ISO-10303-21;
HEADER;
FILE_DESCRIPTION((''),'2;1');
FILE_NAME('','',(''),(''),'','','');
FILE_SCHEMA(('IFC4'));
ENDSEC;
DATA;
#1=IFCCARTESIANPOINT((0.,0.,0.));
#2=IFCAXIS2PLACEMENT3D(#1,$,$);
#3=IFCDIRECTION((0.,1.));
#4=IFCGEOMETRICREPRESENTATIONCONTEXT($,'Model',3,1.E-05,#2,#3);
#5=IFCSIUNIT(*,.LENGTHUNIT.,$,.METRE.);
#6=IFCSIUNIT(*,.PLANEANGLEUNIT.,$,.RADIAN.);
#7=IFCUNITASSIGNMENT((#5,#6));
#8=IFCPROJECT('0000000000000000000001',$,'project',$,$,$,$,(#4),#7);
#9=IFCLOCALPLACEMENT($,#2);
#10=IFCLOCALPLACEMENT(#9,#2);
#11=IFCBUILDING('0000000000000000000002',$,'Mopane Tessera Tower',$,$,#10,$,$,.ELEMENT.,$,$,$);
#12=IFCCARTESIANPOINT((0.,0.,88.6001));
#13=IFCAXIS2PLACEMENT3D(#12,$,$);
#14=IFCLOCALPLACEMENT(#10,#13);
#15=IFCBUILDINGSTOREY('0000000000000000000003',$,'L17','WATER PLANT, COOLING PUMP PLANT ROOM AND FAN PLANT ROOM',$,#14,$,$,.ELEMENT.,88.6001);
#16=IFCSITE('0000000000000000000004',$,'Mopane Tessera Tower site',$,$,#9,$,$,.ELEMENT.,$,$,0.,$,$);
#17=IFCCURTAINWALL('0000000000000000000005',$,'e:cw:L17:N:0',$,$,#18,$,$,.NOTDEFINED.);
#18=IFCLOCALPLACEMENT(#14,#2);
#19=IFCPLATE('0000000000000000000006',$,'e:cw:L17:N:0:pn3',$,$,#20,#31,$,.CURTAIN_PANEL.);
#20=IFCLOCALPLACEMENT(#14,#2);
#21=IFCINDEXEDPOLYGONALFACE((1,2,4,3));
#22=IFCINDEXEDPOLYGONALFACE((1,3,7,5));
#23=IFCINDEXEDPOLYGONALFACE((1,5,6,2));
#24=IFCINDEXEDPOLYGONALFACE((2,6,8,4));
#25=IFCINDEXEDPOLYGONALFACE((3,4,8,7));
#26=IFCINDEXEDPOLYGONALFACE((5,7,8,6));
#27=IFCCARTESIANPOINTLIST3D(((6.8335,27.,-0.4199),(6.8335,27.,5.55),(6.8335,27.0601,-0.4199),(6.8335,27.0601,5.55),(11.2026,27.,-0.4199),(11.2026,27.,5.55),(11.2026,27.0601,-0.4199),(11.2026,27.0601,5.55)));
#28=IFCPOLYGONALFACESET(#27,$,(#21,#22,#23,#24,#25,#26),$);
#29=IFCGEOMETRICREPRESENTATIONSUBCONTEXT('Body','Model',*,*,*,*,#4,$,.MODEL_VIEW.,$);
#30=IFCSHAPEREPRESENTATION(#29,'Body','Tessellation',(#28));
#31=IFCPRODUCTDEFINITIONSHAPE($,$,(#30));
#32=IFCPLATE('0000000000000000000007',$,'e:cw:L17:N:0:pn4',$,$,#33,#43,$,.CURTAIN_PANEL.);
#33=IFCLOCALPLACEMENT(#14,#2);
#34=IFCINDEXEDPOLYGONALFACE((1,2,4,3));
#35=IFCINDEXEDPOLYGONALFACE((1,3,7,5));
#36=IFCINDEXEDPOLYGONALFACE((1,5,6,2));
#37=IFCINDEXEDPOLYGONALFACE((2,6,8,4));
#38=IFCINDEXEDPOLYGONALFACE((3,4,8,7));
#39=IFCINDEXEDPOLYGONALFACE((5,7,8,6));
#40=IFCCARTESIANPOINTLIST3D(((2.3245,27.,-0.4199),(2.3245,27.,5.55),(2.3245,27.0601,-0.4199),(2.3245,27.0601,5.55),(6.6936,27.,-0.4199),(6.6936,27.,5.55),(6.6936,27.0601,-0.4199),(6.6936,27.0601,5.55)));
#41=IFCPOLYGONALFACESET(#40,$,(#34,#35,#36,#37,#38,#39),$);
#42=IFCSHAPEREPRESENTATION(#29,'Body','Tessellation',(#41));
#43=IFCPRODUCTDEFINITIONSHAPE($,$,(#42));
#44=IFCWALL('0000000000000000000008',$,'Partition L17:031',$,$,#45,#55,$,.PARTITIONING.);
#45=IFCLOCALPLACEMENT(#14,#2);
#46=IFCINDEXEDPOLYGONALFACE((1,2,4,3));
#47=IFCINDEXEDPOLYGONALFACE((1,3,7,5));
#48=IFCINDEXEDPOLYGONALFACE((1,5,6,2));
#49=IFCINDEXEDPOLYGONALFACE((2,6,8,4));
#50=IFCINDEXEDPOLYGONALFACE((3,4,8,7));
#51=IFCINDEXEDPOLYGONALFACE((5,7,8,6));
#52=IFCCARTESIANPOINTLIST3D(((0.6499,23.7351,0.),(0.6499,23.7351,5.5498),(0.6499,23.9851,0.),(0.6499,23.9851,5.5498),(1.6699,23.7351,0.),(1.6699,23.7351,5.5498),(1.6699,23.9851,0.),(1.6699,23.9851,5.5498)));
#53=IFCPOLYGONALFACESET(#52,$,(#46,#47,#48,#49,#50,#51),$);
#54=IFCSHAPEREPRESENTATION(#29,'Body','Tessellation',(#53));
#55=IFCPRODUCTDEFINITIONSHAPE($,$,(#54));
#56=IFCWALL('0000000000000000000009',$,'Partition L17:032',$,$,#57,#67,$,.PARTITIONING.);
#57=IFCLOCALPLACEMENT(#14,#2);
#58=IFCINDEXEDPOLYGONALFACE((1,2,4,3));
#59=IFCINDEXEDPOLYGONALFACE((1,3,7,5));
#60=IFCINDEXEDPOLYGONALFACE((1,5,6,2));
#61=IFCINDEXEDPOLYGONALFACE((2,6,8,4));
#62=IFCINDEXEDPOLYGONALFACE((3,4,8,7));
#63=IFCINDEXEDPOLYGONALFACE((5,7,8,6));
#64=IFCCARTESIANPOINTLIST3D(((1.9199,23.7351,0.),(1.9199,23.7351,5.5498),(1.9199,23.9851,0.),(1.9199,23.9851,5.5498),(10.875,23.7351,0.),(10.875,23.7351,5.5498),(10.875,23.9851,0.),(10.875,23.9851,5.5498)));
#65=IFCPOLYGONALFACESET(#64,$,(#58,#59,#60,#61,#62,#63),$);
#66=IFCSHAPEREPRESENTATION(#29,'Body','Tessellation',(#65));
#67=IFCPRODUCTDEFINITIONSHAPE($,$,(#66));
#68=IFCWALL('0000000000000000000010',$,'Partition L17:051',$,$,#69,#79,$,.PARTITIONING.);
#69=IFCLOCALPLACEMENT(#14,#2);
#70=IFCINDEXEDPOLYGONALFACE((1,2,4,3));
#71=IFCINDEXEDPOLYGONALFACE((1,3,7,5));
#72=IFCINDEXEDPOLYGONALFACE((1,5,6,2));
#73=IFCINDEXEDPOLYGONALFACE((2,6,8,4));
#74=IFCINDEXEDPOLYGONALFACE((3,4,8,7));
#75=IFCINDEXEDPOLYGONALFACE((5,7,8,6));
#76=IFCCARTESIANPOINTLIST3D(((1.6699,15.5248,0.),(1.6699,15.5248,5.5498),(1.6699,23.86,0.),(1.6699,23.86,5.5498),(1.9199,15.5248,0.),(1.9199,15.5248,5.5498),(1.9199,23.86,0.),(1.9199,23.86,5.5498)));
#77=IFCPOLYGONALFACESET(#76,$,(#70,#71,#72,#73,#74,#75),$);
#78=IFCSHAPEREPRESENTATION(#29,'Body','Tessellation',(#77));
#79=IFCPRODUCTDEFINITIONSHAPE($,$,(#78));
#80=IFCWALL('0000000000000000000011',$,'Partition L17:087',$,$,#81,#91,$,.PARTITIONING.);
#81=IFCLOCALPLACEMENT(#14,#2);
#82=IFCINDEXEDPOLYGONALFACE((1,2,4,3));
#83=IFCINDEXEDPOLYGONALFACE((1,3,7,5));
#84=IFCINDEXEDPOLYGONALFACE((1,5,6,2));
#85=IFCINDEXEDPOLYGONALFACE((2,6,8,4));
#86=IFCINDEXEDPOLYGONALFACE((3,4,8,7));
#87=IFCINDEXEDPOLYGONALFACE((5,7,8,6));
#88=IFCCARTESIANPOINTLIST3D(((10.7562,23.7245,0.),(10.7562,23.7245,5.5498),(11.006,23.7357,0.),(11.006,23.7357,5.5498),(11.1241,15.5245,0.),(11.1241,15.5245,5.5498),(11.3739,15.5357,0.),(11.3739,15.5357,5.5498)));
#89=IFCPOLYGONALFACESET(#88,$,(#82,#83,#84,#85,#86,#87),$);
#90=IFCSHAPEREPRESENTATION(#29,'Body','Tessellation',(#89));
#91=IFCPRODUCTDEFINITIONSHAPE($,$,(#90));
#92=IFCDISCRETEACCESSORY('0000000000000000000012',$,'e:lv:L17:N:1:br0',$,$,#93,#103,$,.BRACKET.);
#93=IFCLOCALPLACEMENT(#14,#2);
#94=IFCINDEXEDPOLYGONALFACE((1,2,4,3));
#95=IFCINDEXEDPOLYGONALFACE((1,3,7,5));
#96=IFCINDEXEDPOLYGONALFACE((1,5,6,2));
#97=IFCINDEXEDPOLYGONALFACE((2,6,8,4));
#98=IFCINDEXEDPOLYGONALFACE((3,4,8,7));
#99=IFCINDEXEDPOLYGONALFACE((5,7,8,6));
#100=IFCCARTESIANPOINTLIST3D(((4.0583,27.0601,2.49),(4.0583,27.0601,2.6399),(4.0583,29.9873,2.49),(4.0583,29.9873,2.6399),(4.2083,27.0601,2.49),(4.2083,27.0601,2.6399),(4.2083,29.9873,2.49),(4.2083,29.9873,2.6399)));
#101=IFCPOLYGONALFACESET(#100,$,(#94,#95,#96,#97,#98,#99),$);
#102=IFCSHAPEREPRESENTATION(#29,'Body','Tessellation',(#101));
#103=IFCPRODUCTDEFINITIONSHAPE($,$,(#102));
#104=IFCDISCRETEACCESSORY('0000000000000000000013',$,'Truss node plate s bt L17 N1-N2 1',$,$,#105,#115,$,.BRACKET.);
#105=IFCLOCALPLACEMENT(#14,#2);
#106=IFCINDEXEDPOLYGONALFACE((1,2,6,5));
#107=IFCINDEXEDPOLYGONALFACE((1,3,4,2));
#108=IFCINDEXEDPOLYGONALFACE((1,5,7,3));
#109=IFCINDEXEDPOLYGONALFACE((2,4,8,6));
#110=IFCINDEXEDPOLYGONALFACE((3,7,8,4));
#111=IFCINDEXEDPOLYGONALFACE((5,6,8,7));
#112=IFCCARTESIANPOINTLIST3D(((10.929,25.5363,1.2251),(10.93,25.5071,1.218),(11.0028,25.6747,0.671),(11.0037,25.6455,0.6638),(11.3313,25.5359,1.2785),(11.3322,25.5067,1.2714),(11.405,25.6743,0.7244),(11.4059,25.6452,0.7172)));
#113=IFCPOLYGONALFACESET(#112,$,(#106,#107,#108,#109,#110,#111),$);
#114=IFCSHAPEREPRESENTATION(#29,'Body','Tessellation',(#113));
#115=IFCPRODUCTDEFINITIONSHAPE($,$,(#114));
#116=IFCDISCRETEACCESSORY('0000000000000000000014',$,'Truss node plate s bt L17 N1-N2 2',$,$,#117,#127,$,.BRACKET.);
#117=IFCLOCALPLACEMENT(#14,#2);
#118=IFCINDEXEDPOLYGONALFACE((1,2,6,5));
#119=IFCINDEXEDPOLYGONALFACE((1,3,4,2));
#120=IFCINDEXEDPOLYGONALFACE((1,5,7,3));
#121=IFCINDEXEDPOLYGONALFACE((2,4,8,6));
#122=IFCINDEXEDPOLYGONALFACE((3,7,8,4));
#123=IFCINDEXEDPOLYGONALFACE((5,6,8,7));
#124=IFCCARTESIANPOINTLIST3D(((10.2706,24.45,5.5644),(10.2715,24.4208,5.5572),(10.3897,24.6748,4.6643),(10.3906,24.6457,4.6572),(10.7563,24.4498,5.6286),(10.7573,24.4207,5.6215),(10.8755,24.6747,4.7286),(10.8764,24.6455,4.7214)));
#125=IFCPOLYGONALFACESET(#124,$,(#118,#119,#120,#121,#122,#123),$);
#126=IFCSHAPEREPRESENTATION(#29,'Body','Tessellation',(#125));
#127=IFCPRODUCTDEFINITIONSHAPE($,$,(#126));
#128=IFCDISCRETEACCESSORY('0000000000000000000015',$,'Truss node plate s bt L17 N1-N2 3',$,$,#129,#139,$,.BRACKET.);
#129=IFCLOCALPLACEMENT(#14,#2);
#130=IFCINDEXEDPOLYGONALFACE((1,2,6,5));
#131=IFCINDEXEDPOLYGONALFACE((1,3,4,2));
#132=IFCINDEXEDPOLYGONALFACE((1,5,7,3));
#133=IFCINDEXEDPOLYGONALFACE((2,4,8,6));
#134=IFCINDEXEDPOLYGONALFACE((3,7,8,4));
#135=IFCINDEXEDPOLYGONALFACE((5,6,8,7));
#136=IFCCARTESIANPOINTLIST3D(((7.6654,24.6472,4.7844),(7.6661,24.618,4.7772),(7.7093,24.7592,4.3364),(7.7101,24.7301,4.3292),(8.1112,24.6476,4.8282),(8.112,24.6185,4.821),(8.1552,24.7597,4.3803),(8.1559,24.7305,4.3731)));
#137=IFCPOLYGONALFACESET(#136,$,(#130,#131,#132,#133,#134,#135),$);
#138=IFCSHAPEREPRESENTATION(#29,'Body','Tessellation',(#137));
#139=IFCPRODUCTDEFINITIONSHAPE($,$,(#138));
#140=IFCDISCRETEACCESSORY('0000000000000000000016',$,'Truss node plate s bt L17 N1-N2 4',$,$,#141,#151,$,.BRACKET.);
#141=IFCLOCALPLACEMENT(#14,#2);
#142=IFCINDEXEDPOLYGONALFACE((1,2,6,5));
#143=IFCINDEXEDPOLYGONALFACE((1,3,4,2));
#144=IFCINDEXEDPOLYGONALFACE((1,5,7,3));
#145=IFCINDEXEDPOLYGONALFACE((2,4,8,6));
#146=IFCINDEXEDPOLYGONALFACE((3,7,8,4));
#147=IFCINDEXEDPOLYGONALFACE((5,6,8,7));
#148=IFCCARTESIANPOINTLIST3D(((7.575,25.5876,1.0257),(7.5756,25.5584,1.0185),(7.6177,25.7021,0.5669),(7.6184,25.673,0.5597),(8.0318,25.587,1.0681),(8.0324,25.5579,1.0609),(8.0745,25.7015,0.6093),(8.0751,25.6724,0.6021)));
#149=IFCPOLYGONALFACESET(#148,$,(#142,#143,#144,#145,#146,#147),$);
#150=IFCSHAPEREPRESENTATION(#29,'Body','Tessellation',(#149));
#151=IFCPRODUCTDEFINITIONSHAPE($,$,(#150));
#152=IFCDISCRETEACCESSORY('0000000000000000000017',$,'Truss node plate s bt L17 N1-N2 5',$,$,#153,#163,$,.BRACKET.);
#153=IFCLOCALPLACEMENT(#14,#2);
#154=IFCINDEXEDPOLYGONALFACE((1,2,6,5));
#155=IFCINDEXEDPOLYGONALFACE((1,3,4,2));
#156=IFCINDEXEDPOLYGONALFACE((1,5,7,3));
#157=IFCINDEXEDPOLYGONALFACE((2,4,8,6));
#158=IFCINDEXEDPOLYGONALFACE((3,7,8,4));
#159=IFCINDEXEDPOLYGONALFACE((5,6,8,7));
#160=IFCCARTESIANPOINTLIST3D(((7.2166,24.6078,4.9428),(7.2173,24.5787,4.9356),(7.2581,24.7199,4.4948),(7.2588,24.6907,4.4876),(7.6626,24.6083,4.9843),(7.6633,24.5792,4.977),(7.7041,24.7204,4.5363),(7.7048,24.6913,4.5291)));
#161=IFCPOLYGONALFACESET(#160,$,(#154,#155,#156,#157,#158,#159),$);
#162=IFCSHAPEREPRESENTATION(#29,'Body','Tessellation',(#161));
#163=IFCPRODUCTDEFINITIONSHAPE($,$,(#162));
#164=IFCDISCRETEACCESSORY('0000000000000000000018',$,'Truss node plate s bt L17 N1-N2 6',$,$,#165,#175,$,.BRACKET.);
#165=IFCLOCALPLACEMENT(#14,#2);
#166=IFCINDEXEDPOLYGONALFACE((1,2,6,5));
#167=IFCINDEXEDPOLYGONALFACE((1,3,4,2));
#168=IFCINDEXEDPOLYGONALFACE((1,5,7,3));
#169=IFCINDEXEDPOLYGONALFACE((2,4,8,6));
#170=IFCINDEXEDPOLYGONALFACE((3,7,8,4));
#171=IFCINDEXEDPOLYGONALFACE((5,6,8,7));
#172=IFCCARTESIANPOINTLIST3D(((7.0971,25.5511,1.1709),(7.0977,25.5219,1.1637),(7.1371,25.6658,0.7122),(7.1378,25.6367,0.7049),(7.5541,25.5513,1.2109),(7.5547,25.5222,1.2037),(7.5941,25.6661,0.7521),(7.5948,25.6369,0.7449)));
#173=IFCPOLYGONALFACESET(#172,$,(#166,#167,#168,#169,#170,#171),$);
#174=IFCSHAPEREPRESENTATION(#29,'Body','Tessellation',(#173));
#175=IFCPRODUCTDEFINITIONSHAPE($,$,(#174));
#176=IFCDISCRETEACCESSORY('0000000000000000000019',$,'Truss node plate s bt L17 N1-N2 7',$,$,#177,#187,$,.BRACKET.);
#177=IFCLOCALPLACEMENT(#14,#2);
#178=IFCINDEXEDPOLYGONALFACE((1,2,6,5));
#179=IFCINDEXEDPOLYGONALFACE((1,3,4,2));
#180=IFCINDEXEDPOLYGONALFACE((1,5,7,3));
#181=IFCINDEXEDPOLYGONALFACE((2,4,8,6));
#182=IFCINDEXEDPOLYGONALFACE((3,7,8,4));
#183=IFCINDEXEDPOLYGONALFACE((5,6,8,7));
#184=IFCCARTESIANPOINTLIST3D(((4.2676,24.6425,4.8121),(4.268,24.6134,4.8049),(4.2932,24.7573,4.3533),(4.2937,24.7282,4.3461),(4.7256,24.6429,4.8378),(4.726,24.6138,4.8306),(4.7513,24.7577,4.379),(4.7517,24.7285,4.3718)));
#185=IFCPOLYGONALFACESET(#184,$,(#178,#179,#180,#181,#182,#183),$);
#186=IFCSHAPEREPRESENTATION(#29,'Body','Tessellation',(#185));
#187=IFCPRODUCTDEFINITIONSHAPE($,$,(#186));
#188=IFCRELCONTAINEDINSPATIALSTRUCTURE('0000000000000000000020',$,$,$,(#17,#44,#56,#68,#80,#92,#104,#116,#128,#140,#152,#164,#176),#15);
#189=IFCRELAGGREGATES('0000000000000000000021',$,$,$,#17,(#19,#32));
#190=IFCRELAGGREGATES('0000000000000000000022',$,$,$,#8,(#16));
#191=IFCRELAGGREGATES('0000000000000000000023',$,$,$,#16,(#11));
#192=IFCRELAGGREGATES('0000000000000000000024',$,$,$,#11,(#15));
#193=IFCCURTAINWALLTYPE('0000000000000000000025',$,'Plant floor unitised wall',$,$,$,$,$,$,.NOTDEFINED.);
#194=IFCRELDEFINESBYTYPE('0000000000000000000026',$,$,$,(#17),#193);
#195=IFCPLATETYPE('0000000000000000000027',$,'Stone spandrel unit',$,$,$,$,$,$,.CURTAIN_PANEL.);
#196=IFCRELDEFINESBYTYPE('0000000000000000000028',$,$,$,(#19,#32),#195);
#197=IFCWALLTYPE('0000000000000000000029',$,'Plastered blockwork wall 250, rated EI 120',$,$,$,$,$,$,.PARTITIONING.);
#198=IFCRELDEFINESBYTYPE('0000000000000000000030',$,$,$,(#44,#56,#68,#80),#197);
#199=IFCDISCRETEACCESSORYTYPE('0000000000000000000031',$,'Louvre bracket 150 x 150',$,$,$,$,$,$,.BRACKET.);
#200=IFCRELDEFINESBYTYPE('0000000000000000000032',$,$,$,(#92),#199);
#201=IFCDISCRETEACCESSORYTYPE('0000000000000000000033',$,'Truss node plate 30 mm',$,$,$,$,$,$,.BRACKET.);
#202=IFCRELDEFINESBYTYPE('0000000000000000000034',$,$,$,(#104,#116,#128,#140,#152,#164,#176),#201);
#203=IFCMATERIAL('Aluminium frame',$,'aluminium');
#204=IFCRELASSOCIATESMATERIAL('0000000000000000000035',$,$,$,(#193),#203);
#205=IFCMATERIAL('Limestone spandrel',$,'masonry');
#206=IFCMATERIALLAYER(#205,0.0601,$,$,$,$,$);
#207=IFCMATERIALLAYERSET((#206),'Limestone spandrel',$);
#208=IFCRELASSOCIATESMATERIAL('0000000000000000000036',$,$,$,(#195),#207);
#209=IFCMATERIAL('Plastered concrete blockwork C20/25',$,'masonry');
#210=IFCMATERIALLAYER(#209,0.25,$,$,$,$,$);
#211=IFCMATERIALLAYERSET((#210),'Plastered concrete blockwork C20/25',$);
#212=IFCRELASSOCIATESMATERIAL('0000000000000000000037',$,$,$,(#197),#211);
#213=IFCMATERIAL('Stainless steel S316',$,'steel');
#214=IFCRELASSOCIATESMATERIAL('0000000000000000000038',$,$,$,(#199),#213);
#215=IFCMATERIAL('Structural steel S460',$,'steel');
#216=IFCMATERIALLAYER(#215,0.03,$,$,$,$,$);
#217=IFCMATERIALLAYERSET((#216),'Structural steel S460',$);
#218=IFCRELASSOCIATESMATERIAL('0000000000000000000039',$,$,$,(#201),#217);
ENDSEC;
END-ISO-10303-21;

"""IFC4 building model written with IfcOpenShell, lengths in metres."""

from ifc_helpers import new_model, si_unit, direction, frame, frame_2d, origin, origin_2d, place, context, subcontext, project, spatial, rectangle, extrude, material, layer, layer_set, type_object, element, aggregate, save


model = new_model("IFC4")

# Units and contexts
model_context = context("Model", 3, precision=1e-05, world=origin(), true_north=direction((0.0, 1.0)))
body_context = subcontext(model_context, "Body", "Model", "MODEL_VIEW")
ifc_project = project(units=[si_unit("LENGTHUNIT", "METRE"), si_unit("PLANEANGLEUNIT", "RADIAN")], contexts=[model_context])

# Site, building, storey
site_placement = place(None, origin())
site = spatial("IfcSite", under=ifc_project, at=site_placement, Name="Mopane Tessera Tower site", CompositionType="ELEMENT", RefElevation=0.0)
building_placement = place(site_placement, origin())
building = spatial("IfcBuilding", under=site, at=building_placement, Name="Mopane Tessera Tower", CompositionType="ELEMENT")
storey_placement = place(building_placement, frame((0.0, 0.0, 88.6001)))
storey = spatial("IfcBuildingStorey", under=building, at=storey_placement, Name="L17", Description="WATER PLANT, COOLING PUMP PLANT ROOM AND FAN PLANT ROOM", CompositionType="ELEMENT", Elevation=88.6001)

# Curtain wall
ifc_material_1 = material(Name="Aluminium frame", Category="aluminium")
curtain_wall_type = type_object("IfcCurtainWallType", Name="Plant floor unitised wall", PredefinedType="NOTDEFINED", material=ifc_material_1)
curtain_wall_placement = place(storey_placement, origin())
curtain_wall = element("IfcCurtainWall", 1, at=curtain_wall_placement, inside=storey, type_object=curtain_wall_type, Name="e:cw:L17:N:0", PredefinedType="NOTDEFINED")

# Plates
ifc_material_2 = material(Name="Limestone spandrel", Category="masonry")
ifc_layer_1 = layer(ifc_material_2, 0.0601)
ifc_layer_set_1 = layer_set([ifc_layer_1], Name="Limestone spandrel")
plate_type = type_object("IfcPlateType", Name="Stone spandrel unit", PredefinedType="CURTAIN_PANEL", material=ifc_layer_set_1)
plate_1_placement = place(storey_placement, frame((9.0181, 27.03, -0.4199), z_axis=(0.0, 0.0, 1.0), x_axis=(-1.0, 0.0, 0.0)))
plate_1 = element("IfcPlate", 2, at=plate_1_placement, type_object=plate_type, Name="e:cw:L17:N:0:pn3", PredefinedType="CURTAIN_PANEL", context=body_context, shape_type="SweptSolid", body=[
    extrude(rectangle(XDim=4.3691, YDim=0.0601, at=origin_2d()), origin(), (0.0, 0.0, 1.0), 5.97),
])
plate_2_placement = place(storey_placement, frame((4.509, 27.03, -0.4199), z_axis=(0.0, 0.0, 1.0), x_axis=(-1.0, 0.0, 0.0)))
plate_2 = element("IfcPlate", 3, at=plate_2_placement, type_object=plate_type, Name="e:cw:L17:N:0:pn4", PredefinedType="CURTAIN_PANEL", context=body_context, shape_type="SweptSolid", body=[
    extrude(rectangle(XDim=4.3691, YDim=0.0601, at=origin_2d()), origin(), (0.0, 0.0, 1.0), 5.97),
])
aggregate(curtain_wall, [plate_1, plate_2])

# Walls
ifc_material_3 = material(Name="Plastered concrete blockwork C20/25", Category="masonry")
ifc_layer_2 = layer(ifc_material_3, 0.25)
ifc_layer_set_2 = layer_set([ifc_layer_2], Name="Plastered concrete blockwork C20/25")
wall_type = type_object("IfcWallType", Name="Plastered blockwork wall 250, rated EI 120", PredefinedType="PARTITIONING", material=ifc_layer_set_2)
wall_1_placement = place(storey_placement, frame((0.6499, 23.8601, 0.0), z_axis=(0.0, 0.0, 1.0), x_axis=(1.0, 0.0, 0.0)))
element("IfcWall", 4, at=wall_1_placement, inside=storey, type_object=wall_type, Name="Partition L17:031", PredefinedType="PARTITIONING", context=body_context, shape_type="SweptSolid", body=[
    extrude(rectangle(XDim=1.02, YDim=0.25, at=frame_2d((0.51, 0.0))), origin(), (0.0, 0.0, 1.0), 5.5498),
])
wall_2_placement = place(storey_placement, frame((1.9199, 23.8601, 0.0), z_axis=(0.0, 0.0, 1.0), x_axis=(1.0, 0.0, 0.0)))
element("IfcWall", 5, at=wall_2_placement, inside=storey, type_object=wall_type, Name="Partition L17:032", PredefinedType="PARTITIONING", context=body_context, shape_type="SweptSolid", body=[
    extrude(rectangle(XDim=8.9551, YDim=0.25, at=frame_2d((4.4775, 0.0))), origin(), (0.0, 0.0, 1.0), 5.5498),
])
wall_3_placement = place(storey_placement, frame((1.7949, 15.5249, 0.0), z_axis=(0.0, 0.0, 1.0), x_axis=(0.0, 1.0, 0.0)))
element("IfcWall", 6, at=wall_3_placement, inside=storey, type_object=wall_type, Name="Partition L17:051", PredefinedType="PARTITIONING", context=body_context, shape_type="SweptSolid", body=[
    extrude(rectangle(XDim=8.3352, YDim=0.25, at=frame_2d((4.1675, 0.0))), origin(), (0.0, 0.0, 1.0), 5.5498),
])
wall_4_placement = place(storey_placement, frame((10.8811, 23.73, 0.0), z_axis=(0.0, 0.0, 1.0), x_axis=(0.044823, -0.998995, 0.0)))
element("IfcWall", 7, at=wall_4_placement, inside=storey, type_object=wall_type, Name="Partition L17:087", PredefinedType="PARTITIONING", context=body_context, shape_type="SweptSolid", body=[
    extrude(rectangle(XDim=8.2083, YDim=0.25, at=frame_2d((4.104, 0.0))), origin(), (0.0, 0.0, 1.0), 5.5498),
])

# Discrete accessories
ifc_material_4 = material(Name="Stainless steel S316", Category="steel")
discrete_accessory_type_1 = type_object("IfcDiscreteAccessoryType", Name="Louvre bracket 150 x 150", PredefinedType="BRACKET", material=ifc_material_4)
discrete_accessory_1_placement = place(storey_placement, frame((4.1333, 28.5237, 2.49), z_axis=(0.0, 0.0, 1.0), x_axis=(0.0, 1.0, 0.0)))
element("IfcDiscreteAccessory", 8, at=discrete_accessory_1_placement, inside=storey, type_object=discrete_accessory_type_1, Name="e:lv:L17:N:1:br0", PredefinedType="BRACKET", context=body_context, shape_type="SweptSolid", body=[
    extrude(rectangle(XDim=2.9272, YDim=0.1499, at=origin_2d()), origin(), (0.0, 0.0, 1.0), 0.1499),
])
ifc_material_5 = material(Name="Structural steel S460", Category="steel")
ifc_layer_3 = layer(ifc_material_5, 0.03)
ifc_layer_set_3 = layer_set([ifc_layer_3], Name="Structural steel S460")
discrete_accessory_type_2 = type_object("IfcDiscreteAccessoryType", Name="Truss node plate 30 mm", PredefinedType="BRACKET", material=ifc_layer_set_3)
discrete_accessory_2_placement = place(storey_placement, frame((11.2043, 25.6599, 0.6941), z_axis=(-0.128012, -0.240341, 0.962211), x_axis=(0.030761, -0.970688, -0.238366)))
element("IfcDiscreteAccessory", 9, at=discrete_accessory_2_placement, inside=storey, type_object=discrete_accessory_type_2, Name="Truss node plate s bt L17 N1-N2 1", PredefinedType="BRACKET", context=body_context, shape_type="SweptSolid", body=[
    extrude(rectangle(XDim=0.03, YDim=0.4058, at=origin_2d()), origin(), (0.0, 0.0, 1.0), 0.5759),
])
discrete_accessory_3_placement = place(storey_placement, frame((10.6331, 24.6602, 4.6929), z_axis=(-0.127365, -0.240376, 0.962288), x_axis=(0.031229, -0.97068, -0.238339)))
element("IfcDiscreteAccessory", 10, at=discrete_accessory_3_placement, inside=storey, type_object=discrete_accessory_type_2, Name="Truss node plate s bt L17 N1-N2 2", PredefinedType="BRACKET", context=body_context, shape_type="SweptSolid", body=[
    extrude(rectangle(XDim=0.03, YDim=0.49, at=origin_2d()), origin(), (0.0, 0.0, 1.0), 0.9353),
])
discrete_accessory_4_placement = place(storey_placement, frame((7.9326, 24.7449, 4.3547), z_axis=(-0.094733, -0.241569, 0.965749), x_axis=(0.024613, -0.970383, -0.240314)))
element("IfcDiscreteAccessory", 11, at=discrete_accessory_4_placement, inside=storey, type_object=discrete_accessory_type_2, Name="Truss node plate s bt L17 N1-N2 3", PredefinedType="BRACKET", context=body_context, shape_type="SweptSolid", body=[
    extrude(rectangle(XDim=0.03, YDim=0.448, at=origin_2d()), origin(), (0.0, 0.0, 1.0), 0.4639),
])
discrete_accessory_5_placement = place(storey_placement, frame((7.8464, 25.6873, 0.5845), z_axis=(-0.089996, -0.241188, 0.966296), x_axis=(0.021085, -0.970478, -0.240268)))
element("IfcDiscreteAccessory", 12, at=discrete_accessory_5_placement, inside=storey, type_object=discrete_accessory_type_2, Name="Truss node plate s bt L17 N1-N2 4", PredefinedType="BRACKET", context=body_context, shape_type="SweptSolid", body=[
    extrude(rectangle(XDim=0.03, YDim=0.4587, at=origin_2d()), origin(), (0.0, 0.0, 1.0), 0.4749),
])
discrete_accessory_6_placement = place(storey_placement, frame((7.4814, 24.7056, 4.512), z_axis=(-0.089513, -0.241686, 0.966217), x_axis=(0.023468, -0.970354, -0.240547)))
element("IfcDiscreteAccessory", 13, at=discrete_accessory_6_placement, inside=storey, type_object=discrete_accessory_type_2, Name="Truss node plate s bt L17 N1-N2 5", PredefinedType="BRACKET", context=body_context, shape_type="SweptSolid", body=[
    extrude(rectangle(XDim=0.03, YDim=0.448, at=origin_2d()), origin(), (0.0, 0.0, 1.0), 0.4636),
])
discrete_accessory_7_placement = place(storey_placement, frame((7.366, 25.6514, 0.7285), z_axis=(-0.08437, -0.241792, 0.966653), x_axis=(0.021547, -0.970328, -0.24083)))
element("IfcDiscreteAccessory", 14, at=discrete_accessory_7_placement, inside=storey, type_object=discrete_accessory_type_2, Name="Truss node plate s bt L17 N1-N2 6", PredefinedType="BRACKET", context=body_context, shape_type="SweptSolid", body=[
    extrude(rectangle(XDim=0.03, YDim=0.4587, at=origin_2d()), origin(), (0.0, 0.0, 1.0), 0.4746),
])
discrete_accessory_8_placement = place(storey_placement, frame((4.5225, 24.7429, 4.3625), z_axis=(-0.054131, -0.242301, 0.96869), x_axis=(0.014352, -0.970201, -0.241877)))
element("IfcDiscreteAccessory", 15, at=discrete_accessory_8_placement, inside=storey, type_object=discrete_accessory_type_2, Name="Truss node plate s bt L17 N1-N2 7", PredefinedType="BRACKET", context=body_context, shape_type="SweptSolid", body=[
    extrude(rectangle(XDim=0.03, YDim=0.4587, at=origin_2d()), origin(), (0.0, 0.0, 1.0), 0.4736),
])

save(model, "model.ifc")
